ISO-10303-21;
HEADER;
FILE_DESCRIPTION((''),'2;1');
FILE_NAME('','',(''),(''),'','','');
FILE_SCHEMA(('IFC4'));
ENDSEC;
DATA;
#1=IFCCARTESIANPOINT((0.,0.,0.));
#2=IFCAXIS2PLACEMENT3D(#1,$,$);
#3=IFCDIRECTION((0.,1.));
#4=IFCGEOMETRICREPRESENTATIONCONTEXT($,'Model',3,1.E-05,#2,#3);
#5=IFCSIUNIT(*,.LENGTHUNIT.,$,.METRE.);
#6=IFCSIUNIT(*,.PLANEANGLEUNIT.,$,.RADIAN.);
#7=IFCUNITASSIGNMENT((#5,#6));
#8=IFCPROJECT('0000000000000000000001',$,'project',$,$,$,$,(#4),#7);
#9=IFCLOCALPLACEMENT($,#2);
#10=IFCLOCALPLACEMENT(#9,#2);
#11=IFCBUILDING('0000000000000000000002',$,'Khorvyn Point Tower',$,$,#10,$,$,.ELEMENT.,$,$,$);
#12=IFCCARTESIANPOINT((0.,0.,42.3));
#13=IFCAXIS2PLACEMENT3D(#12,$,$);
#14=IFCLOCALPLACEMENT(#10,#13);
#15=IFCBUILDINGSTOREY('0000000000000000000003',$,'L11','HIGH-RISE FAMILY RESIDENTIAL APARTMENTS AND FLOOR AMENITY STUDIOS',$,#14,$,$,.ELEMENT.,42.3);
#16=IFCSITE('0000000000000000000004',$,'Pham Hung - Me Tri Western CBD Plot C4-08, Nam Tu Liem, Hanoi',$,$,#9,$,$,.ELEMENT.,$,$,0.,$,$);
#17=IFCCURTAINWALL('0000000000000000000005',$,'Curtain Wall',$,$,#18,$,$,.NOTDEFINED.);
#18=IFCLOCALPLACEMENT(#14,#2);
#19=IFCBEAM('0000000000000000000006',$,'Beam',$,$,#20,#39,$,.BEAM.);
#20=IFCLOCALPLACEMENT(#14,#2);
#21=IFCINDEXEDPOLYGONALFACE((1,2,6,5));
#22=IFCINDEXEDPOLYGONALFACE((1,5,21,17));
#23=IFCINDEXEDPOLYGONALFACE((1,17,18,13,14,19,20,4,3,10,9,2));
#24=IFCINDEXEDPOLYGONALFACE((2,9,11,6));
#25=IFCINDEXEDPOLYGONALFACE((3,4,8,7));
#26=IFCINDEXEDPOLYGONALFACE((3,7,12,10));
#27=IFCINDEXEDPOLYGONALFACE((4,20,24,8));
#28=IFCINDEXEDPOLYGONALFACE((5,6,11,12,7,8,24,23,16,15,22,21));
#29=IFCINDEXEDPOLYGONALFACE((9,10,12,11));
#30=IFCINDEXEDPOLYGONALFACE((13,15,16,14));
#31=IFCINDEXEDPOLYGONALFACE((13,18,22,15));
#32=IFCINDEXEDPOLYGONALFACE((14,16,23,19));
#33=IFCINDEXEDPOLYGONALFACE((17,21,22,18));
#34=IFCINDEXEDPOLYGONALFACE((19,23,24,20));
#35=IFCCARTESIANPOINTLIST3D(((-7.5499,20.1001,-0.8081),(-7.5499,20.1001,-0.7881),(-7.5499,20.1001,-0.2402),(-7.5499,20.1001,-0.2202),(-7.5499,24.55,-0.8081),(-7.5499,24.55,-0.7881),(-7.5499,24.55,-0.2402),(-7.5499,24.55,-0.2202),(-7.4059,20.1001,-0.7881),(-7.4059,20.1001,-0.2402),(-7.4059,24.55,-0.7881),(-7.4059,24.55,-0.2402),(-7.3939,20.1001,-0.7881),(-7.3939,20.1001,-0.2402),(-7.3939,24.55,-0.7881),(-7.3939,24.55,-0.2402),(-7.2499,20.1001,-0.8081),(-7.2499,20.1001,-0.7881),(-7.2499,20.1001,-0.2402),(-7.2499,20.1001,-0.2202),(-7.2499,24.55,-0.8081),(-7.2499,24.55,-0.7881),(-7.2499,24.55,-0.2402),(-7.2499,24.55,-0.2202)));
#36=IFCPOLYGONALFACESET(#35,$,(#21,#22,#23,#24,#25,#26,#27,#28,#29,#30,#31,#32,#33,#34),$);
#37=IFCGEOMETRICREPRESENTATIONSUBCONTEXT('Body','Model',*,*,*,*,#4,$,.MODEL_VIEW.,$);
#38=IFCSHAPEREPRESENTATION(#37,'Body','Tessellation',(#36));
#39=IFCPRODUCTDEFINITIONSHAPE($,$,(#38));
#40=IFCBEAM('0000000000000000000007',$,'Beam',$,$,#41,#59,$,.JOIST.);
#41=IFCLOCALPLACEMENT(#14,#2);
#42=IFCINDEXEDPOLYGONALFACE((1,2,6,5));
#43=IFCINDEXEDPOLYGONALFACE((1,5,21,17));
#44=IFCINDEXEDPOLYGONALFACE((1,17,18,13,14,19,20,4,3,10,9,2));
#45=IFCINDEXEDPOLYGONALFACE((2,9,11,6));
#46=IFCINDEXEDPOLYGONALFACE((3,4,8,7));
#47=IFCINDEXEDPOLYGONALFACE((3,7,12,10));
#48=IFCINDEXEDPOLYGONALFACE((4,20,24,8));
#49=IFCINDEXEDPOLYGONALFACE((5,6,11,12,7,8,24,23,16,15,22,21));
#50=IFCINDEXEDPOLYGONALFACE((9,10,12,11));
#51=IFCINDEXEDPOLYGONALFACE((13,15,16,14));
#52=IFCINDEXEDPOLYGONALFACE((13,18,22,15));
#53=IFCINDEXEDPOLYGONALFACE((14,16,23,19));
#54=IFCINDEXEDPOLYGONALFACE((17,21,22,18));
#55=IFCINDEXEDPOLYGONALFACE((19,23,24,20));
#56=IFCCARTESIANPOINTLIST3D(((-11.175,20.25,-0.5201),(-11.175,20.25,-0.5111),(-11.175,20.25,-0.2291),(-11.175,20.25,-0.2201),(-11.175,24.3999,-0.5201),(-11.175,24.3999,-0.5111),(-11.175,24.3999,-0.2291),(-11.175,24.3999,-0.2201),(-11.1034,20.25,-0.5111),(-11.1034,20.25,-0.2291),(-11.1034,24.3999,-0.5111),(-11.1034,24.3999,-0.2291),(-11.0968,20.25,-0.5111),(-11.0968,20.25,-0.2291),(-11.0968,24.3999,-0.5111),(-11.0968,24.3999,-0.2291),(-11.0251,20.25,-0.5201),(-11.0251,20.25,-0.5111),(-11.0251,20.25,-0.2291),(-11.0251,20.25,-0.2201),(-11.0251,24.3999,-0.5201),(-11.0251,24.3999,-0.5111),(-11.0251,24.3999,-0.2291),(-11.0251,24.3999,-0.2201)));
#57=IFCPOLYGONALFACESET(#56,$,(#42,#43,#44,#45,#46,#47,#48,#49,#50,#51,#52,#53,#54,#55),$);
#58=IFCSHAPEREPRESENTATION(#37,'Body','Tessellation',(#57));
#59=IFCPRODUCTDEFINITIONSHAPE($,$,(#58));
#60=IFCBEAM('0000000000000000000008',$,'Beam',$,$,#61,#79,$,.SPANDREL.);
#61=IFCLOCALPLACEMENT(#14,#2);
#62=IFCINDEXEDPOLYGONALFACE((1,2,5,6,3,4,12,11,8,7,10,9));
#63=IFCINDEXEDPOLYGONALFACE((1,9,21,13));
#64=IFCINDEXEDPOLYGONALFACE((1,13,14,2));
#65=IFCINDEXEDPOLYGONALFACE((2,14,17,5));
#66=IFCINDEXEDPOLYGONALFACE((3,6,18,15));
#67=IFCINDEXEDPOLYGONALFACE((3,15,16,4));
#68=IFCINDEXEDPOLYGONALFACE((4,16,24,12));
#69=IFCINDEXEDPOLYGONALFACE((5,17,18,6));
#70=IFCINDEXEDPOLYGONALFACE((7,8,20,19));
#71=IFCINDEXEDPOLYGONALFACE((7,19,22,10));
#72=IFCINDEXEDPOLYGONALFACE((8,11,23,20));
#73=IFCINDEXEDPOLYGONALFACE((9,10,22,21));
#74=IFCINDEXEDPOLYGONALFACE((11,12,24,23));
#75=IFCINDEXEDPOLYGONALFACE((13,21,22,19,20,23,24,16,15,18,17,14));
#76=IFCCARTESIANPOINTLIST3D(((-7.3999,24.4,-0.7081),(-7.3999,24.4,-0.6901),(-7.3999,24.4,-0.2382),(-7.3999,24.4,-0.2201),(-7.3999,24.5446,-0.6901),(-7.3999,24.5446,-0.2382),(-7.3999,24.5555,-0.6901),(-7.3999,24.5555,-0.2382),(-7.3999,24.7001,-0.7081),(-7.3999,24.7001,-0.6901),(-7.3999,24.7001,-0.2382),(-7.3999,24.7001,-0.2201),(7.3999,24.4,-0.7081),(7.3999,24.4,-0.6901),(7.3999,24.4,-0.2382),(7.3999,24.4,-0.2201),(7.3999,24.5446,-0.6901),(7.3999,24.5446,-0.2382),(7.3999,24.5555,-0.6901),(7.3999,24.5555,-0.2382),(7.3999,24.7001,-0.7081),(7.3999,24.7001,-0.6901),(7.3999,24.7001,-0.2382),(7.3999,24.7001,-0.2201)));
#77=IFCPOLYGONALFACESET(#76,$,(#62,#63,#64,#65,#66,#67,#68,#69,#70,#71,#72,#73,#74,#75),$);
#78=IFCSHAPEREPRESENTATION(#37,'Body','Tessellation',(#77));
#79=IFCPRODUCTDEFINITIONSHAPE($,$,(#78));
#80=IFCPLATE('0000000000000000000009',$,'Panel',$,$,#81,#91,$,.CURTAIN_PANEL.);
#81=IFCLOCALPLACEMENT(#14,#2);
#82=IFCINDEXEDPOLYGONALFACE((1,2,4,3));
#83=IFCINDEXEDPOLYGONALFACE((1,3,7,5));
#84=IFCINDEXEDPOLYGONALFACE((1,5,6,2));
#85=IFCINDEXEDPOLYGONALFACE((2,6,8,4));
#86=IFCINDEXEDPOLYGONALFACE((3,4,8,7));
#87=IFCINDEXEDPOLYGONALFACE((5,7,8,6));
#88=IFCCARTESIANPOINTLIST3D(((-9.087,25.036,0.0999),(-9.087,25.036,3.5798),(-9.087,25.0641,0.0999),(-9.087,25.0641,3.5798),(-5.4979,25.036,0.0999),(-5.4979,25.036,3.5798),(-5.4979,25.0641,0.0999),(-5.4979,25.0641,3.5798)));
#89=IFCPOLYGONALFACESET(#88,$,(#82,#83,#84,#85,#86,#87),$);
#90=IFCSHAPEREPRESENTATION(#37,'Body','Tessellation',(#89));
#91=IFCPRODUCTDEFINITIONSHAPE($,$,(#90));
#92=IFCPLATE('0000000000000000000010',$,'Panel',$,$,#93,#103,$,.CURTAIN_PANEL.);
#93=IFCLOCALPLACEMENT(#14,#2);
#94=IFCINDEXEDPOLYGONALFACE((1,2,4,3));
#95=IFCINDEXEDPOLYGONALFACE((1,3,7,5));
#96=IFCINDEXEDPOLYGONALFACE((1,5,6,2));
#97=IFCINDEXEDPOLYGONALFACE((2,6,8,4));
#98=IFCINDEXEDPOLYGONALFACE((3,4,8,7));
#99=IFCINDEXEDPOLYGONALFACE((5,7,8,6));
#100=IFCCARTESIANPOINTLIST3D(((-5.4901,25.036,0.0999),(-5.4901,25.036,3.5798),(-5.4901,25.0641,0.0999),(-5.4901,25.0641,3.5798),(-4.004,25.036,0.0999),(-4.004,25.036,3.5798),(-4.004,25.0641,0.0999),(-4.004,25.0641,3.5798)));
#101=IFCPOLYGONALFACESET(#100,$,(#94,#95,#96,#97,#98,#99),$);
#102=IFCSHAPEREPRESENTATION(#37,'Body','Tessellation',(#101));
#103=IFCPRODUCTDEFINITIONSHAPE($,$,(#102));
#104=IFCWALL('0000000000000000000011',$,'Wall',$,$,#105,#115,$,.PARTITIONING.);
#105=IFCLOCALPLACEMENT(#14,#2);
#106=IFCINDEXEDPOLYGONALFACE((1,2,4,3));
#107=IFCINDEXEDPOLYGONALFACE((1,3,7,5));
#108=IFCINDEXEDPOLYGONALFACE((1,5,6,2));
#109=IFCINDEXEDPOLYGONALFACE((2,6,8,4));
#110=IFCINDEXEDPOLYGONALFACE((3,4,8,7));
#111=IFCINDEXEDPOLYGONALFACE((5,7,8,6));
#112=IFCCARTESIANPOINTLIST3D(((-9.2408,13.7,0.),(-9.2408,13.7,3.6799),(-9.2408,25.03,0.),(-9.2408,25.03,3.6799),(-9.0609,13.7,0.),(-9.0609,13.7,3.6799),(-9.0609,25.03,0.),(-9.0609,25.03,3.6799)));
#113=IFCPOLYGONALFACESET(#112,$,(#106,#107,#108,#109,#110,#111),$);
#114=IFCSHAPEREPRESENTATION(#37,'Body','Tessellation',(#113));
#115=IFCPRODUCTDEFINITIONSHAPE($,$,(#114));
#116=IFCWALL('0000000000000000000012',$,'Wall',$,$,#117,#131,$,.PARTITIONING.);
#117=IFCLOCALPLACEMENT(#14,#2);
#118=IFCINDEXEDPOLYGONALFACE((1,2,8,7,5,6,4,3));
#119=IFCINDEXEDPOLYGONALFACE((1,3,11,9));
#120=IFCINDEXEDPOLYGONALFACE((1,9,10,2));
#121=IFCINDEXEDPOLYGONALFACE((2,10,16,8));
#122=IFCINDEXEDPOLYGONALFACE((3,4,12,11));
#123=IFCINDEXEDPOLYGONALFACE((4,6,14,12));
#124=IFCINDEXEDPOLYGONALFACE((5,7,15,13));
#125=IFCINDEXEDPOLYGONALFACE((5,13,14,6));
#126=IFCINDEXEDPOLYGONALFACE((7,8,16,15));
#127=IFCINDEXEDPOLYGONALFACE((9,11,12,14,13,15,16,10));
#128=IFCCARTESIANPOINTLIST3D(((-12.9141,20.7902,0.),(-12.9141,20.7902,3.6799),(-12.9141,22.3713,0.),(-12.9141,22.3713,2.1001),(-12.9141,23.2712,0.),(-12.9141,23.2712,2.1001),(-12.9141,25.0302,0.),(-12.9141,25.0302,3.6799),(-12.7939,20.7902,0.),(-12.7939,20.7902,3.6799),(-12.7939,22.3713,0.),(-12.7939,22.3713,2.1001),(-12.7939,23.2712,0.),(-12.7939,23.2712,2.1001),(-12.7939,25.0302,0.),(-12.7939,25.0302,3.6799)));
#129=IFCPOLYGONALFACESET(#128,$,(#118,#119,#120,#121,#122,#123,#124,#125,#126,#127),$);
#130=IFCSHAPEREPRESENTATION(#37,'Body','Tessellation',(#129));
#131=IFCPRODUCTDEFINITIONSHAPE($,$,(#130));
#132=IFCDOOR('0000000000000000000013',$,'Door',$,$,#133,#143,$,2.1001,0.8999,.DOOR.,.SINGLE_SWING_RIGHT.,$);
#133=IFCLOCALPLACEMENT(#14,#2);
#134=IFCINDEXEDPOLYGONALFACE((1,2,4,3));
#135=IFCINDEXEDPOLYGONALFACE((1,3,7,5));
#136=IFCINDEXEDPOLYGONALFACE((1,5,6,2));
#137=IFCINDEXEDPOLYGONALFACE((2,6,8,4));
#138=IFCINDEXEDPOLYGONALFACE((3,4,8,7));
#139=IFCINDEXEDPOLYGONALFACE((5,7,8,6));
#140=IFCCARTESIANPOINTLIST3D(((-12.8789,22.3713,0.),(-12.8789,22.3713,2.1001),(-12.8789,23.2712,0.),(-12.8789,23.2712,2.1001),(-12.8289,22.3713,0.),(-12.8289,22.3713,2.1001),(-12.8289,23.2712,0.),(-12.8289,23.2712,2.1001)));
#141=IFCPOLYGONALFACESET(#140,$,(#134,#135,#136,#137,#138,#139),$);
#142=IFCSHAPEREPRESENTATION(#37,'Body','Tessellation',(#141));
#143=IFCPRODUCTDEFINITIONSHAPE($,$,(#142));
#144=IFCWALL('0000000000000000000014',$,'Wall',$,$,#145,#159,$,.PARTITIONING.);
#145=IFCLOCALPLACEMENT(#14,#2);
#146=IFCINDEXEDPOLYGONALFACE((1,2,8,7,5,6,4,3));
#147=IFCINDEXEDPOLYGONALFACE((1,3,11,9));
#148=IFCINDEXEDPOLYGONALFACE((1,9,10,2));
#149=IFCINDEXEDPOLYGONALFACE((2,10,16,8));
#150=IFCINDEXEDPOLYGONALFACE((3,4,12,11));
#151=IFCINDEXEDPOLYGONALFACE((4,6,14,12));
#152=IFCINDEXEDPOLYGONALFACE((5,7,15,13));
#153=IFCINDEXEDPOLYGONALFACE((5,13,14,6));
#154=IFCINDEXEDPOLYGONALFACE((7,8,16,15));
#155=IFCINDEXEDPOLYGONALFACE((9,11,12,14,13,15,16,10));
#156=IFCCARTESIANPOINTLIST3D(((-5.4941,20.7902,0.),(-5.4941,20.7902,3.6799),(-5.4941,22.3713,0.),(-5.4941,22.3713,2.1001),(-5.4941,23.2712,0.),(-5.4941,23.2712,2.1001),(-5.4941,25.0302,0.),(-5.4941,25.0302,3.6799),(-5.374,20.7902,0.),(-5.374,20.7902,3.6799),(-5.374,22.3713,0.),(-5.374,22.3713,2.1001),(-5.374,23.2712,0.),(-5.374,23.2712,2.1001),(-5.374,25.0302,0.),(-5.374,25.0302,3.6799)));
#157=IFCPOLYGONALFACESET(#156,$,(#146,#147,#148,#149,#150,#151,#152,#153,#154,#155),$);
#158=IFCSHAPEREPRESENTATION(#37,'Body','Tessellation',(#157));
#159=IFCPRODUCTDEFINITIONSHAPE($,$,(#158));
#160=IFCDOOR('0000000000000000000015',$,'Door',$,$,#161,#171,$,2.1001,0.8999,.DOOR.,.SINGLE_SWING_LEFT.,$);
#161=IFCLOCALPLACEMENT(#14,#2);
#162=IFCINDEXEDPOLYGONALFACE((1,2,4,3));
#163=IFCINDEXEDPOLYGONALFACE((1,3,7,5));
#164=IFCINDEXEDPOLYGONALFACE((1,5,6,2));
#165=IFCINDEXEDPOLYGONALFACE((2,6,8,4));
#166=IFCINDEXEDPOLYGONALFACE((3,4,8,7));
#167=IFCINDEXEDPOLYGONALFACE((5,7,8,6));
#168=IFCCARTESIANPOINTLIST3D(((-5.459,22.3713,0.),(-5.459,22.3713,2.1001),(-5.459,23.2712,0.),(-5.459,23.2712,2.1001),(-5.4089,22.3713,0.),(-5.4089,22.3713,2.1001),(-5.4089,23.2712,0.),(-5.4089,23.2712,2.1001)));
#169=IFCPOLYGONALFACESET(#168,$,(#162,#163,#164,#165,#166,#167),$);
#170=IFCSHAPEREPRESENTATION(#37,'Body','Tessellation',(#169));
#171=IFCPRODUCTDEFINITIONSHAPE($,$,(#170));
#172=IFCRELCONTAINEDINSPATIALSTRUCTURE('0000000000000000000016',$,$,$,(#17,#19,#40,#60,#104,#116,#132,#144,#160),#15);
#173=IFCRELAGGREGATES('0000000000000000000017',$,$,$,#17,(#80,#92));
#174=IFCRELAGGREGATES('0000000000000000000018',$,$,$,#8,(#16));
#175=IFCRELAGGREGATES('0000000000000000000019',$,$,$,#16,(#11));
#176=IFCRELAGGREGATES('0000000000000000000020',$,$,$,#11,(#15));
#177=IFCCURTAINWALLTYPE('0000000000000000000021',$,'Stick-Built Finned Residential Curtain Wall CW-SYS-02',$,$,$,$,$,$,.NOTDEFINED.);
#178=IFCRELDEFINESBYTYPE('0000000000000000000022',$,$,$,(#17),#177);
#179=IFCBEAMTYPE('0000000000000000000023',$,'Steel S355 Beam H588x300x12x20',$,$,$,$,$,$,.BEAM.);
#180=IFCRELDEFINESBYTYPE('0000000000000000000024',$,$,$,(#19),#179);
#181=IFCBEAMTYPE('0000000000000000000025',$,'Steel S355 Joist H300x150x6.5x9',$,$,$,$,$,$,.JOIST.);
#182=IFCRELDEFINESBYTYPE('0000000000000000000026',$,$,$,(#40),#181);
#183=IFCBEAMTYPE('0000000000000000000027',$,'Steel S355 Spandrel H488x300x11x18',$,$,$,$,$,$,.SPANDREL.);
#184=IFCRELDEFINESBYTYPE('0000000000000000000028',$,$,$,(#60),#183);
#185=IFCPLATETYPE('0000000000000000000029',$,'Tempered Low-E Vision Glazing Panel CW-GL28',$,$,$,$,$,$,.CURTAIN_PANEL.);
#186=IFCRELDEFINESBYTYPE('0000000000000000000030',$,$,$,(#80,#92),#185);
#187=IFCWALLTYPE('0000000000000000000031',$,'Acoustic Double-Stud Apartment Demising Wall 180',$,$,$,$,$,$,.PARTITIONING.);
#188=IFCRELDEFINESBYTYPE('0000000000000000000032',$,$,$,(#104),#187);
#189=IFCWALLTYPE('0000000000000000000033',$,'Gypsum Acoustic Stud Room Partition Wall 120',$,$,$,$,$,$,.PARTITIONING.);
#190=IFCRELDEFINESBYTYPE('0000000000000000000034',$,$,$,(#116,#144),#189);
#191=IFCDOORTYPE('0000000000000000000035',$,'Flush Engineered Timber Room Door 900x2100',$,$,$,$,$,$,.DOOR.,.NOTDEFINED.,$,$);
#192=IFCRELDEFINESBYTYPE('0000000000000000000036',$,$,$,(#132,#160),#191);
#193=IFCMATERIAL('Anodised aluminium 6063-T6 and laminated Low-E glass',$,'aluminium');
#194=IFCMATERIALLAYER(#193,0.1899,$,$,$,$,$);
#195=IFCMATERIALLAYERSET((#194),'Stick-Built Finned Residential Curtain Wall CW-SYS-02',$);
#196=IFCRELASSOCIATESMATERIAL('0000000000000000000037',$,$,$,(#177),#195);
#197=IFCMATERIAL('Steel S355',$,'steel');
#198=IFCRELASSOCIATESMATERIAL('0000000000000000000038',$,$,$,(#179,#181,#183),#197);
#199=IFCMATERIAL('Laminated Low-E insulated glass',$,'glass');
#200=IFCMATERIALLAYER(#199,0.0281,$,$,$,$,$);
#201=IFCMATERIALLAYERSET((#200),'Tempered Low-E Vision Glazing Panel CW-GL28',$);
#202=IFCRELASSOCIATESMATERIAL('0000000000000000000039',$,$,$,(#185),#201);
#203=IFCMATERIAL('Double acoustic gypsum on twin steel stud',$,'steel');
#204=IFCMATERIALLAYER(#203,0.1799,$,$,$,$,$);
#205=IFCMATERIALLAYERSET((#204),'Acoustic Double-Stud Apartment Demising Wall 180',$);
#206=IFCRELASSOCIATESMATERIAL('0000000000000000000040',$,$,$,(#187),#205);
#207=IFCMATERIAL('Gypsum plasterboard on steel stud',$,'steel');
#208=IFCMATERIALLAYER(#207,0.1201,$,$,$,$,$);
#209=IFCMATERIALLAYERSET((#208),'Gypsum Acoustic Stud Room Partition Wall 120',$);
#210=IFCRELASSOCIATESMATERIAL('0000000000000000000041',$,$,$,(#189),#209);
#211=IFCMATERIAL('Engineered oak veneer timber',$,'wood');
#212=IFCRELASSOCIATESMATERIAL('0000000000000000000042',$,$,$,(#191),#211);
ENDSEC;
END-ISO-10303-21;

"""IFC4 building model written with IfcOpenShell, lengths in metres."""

from ifc_helpers import new_model, si_unit, direction, frame, frame_2d, origin, origin_2d, place, context, subcontext, project, spatial, rectangle, i_section, extrude, material, layer, layer_set, material_profile, profile_set, type_object, element, fill, aggregate, save


model = new_model("IFC4")

# Units and contexts
model_context = context("Model", 3, precision=1e-05, world=origin(), true_north=direction((0.0, 1.0)))
body_context = subcontext(model_context, "Body", "Model", "MODEL_VIEW")
ifc_project = project(units=[si_unit("LENGTHUNIT", "METRE"), si_unit("PLANEANGLEUNIT", "RADIAN")], contexts=[model_context])

# Site, building, storey
site_placement = place(None, origin())
site = spatial("IfcSite", under=ifc_project, at=site_placement, Name="Pham Hung - Me Tri Western CBD Plot C4-08, Nam Tu Liem, Hanoi", CompositionType="ELEMENT", RefElevation=0.0)
building_placement = place(site_placement, origin())
building = spatial("IfcBuilding", under=site, at=building_placement, Name="Khorvyn Point Tower", CompositionType="ELEMENT")
storey_placement = place(building_placement, frame((0.0, 0.0, 42.3)))
storey = spatial("IfcBuildingStorey", under=building, at=storey_placement, Name="L11", Description="HIGH-RISE FAMILY RESIDENTIAL APARTMENTS AND FLOOR AMENITY STUDIOS", CompositionType="ELEMENT", Elevation=42.3)

# Curtain wall
ifc_material_1 = material(Name="Anodised aluminium 6063-T6 and laminated Low-E glass", Category="aluminium")
ifc_layer_1 = layer(ifc_material_1, 0.1899)
ifc_layer_set_1 = layer_set([ifc_layer_1], Name="Stick-Built Finned Residential Curtain Wall CW-SYS-02")
curtain_wall_type = type_object("IfcCurtainWallType", Name="Stick-Built Finned Residential Curtain Wall CW-SYS-02", PredefinedType="NOTDEFINED", material=ifc_layer_set_1)
curtain_wall_placement = place(storey_placement, origin())
curtain_wall = element("IfcCurtainWall", 1, at=curtain_wall_placement, inside=storey, type_object=curtain_wall_type, Name="Curtain Wall", PredefinedType="NOTDEFINED")

# Beams
ifc_material_2 = material(Name="Steel S355", Category="steel")
ifc_material_profile_1 = material_profile(ifc_material_2, i_section(OverallWidth=0.3, OverallDepth=0.5879, WebThickness=0.012, FlangeThickness=0.02, at=origin_2d()))
ifc_profile_set_1 = profile_set([ifc_material_profile_1], Name="Steel S355 H588x300x12x20")
beam_type_1 = type_object("IfcBeamType", Name="Steel S355 Beam H588x300x12x20", PredefinedType="BEAM", material=ifc_profile_set_1)
beam_1_placement = place(storey_placement, frame((-7.3999, 20.1001, -0.5142), z_axis=(0.0, 1.0, 0.0), x_axis=(-1.0, 0.0, 0.0)))
element("IfcBeam", 2, at=beam_1_placement, inside=storey, type_object=beam_type_1, Name="Beam", PredefinedType="BEAM", context=body_context, shape_type="SweptSolid", body=[
    extrude(i_section(OverallWidth=0.3, OverallDepth=0.5879, WebThickness=0.012, FlangeThickness=0.02, at=origin_2d()), origin(), (0.0, 0.0, 1.0), 4.45),
])
ifc_material_profile_2 = material_profile(ifc_material_2, i_section(OverallWidth=0.1499, OverallDepth=0.3, WebThickness=0.0066, FlangeThickness=0.009, at=origin_2d()))
ifc_profile_set_2 = profile_set([ifc_material_profile_2], Name="Steel S355 H300x150x6.5x9")
beam_type_2 = type_object("IfcBeamType", Name="Steel S355 Joist H300x150x6.5x9", PredefinedType="JOIST", material=ifc_profile_set_2)
beam_2_placement = place(storey_placement, frame((-11.1001, 20.25, -0.3701), z_axis=(0.0, 1.0, 0.0), x_axis=(-1.0, 0.0, 0.0)))
element("IfcBeam", 3, at=beam_2_placement, inside=storey, type_object=beam_type_2, Name="Beam", PredefinedType="JOIST", context=body_context, shape_type="SweptSolid", body=[
    extrude(i_section(OverallWidth=0.1499, OverallDepth=0.3, WebThickness=0.0066, FlangeThickness=0.009, at=origin_2d()), origin(), (0.0, 0.0, 1.0), 4.1499),
])
ifc_material_profile_3 = material_profile(ifc_material_2, i_section(OverallWidth=0.3, OverallDepth=0.488, WebThickness=0.011, FlangeThickness=0.0181, at=origin_2d()))
ifc_profile_set_3 = profile_set([ifc_material_profile_3], Name="Steel S355 H488x300x11x18")
beam_type_3 = type_object("IfcBeamType", Name="Steel S355 Spandrel H488x300x11x18", PredefinedType="SPANDREL", material=ifc_profile_set_3)
beam_3_placement = place(storey_placement, frame((-7.3999, 24.55, -0.4641), z_axis=(1.0, 0.0, 0.0), x_axis=(0.0, 1.0, 0.0)))
element("IfcBeam", 4, at=beam_3_placement, inside=storey, type_object=beam_type_3, Name="Beam", PredefinedType="SPANDREL", context=body_context, shape_type="SweptSolid", body=[
    extrude(i_section(OverallWidth=0.3, OverallDepth=0.488, WebThickness=0.011, FlangeThickness=0.0181, at=origin_2d()), origin(), (0.0, 0.0, 1.0), 14.7998),
])

# Plates
ifc_material_3 = material(Name="Laminated Low-E insulated glass", Category="glass")
ifc_layer_2 = layer(ifc_material_3, 0.0281)
ifc_layer_set_2 = layer_set([ifc_layer_2], Name="Tempered Low-E Vision Glazing Panel CW-GL28")
plate_type = type_object("IfcPlateType", Name="Tempered Low-E Vision Glazing Panel CW-GL28", PredefinedType="CURTAIN_PANEL", material=ifc_layer_set_2)
plate_1_placement = place(storey_placement, frame((-7.2925, 25.05, 0.0999), z_axis=(0.0, 0.0, 1.0), x_axis=(1.0, 0.0, 0.0)))
plate_1 = element("IfcPlate", 5, at=plate_1_placement, type_object=plate_type, Name="Panel", PredefinedType="CURTAIN_PANEL", context=body_context, shape_type="SweptSolid", body=[
    extrude(rectangle(XDim=3.5891, YDim=0.0281, at=origin_2d()), origin(), (0.0, 0.0, 1.0), 3.48),
])
plate_2_placement = place(storey_placement, frame((-4.7471, 25.05, 0.0999), z_axis=(0.0, 0.0, 1.0), x_axis=(1.0, 0.0, 0.0)))
plate_2 = element("IfcPlate", 6, at=plate_2_placement, type_object=plate_type, Name="Panel", PredefinedType="CURTAIN_PANEL", context=body_context, shape_type="SweptSolid", body=[
    extrude(rectangle(XDim=1.4861, YDim=0.0281, at=origin_2d()), origin(), (0.0, 0.0, 1.0), 3.48),
])
aggregate(curtain_wall, [plate_1, plate_2])

# Wall
ifc_material_4 = material(Name="Double acoustic gypsum on twin steel stud", Category="steel")
ifc_layer_3 = layer(ifc_material_4, 0.1799)
ifc_layer_set_3 = layer_set([ifc_layer_3], Name="Acoustic Double-Stud Apartment Demising Wall 180")
wall_type_1 = type_object("IfcWallType", Name="Acoustic Double-Stud Apartment Demising Wall 180", PredefinedType="PARTITIONING", material=ifc_layer_set_3)
wall_1_placement = place(storey_placement, frame((-9.1509, 13.7, 0.0), z_axis=(0.0, 0.0, 1.0), x_axis=(0.0, 1.0, 0.0)))
element("IfcWall", 7, at=wall_1_placement, inside=storey, type_object=wall_type_1, Name="Wall", PredefinedType="PARTITIONING", context=body_context, shape_type="SweptSolid", body=[
    extrude(rectangle(XDim=11.3301, YDim=0.1799, at=frame_2d((5.665, 0.0))), origin(), (0.0, 0.0, 1.0), 3.6799),
])

# Walls, openings, doors
ifc_material_5 = material(Name="Gypsum plasterboard on steel stud", Category="steel")
ifc_layer_4 = layer(ifc_material_5, 0.1201)
ifc_layer_set_4 = layer_set([ifc_layer_4], Name="Gypsum Acoustic Stud Room Partition Wall 120")
wall_type_2 = type_object("IfcWallType", Name="Gypsum Acoustic Stud Room Partition Wall 120", PredefinedType="PARTITIONING", material=ifc_layer_set_4)
wall_2_placement = place(storey_placement, frame((-12.854, 20.79, 0.0), z_axis=(0.0, 0.0, 1.0), x_axis=(0.0, 1.0, 0.0)))
wall_2 = element("IfcWall", 8, at=wall_2_placement, inside=storey, type_object=wall_type_2, Name="Wall", PredefinedType="PARTITIONING", context=body_context, shape_type="SweptSolid", body=[
    extrude(rectangle(XDim=4.24, YDim=0.1201, at=frame_2d((2.1201, 0.0))), origin(), (0.0, 0.0, 1.0), 3.6799),
])
opening_1_placement = place(wall_2_placement, frame((1.5813, 0.0, 0.0)))
opening_1 = element("IfcOpeningElement", 9, at=opening_1_placement, cuts=wall_2, PredefinedType="OPENING", context=body_context, shape_type="SweptSolid", body=[
    extrude(rectangle(XDim=0.8999, YDim=2.1001, at=frame_2d((0.45, 1.05))), frame((0.0, 0.0701, 0.0), z_axis=(0.0, -1.0, 0.0), x_axis=(1.0, 0.0, 0.0)), (0.0, 0.0, 1.0), 0.1401),
])
ifc_material_6 = material(Name="Engineered oak veneer timber", Category="wood")
door_type_1 = type_object("IfcDoorType", Name="Flush Engineered Timber Room Door 900x2100", OperationType="NOTDEFINED", PredefinedType="DOOR", material=ifc_material_6)
door_1_placement = place(opening_1_placement, origin())
door_1 = element("IfcDoor", 10, at=door_1_placement, inside=storey, type_object=door_type_1, Name="Door", OperationType="SINGLE_SWING_RIGHT", OverallHeight=2.1001, OverallWidth=0.8999, PredefinedType="DOOR", context=body_context, shape_type="SweptSolid", body=[
    extrude(rectangle(XDim=0.8999, YDim=2.1001, at=frame_2d((0.45, 1.05))), frame((0.0, 0.0249, 0.0), z_axis=(0.0, -1.0, 0.0), x_axis=(1.0, 0.0, 0.0)), (0.0, 0.0, 1.0), 0.05),
])
fill(opening_1, door_1)
wall_3_placement = place(storey_placement, frame((-5.4341, 20.79, 0.0), z_axis=(0.0, 0.0, 1.0), x_axis=(0.0, 1.0, 0.0)))
wall_3 = element("IfcWall", 11, at=wall_3_placement, inside=storey, type_object=wall_type_2, Name="Wall", PredefinedType="PARTITIONING", context=body_context, shape_type="SweptSolid", body=[
    extrude(rectangle(XDim=4.24, YDim=0.1201, at=frame_2d((2.1201, 0.0))), origin(), (0.0, 0.0, 1.0), 3.6799),
])
opening_2_placement = place(wall_3_placement, frame((1.5813, 0.0, 0.0)))
opening_2 = element("IfcOpeningElement", 12, at=opening_2_placement, cuts=wall_3, PredefinedType="OPENING", context=body_context, shape_type="SweptSolid", body=[
    extrude(rectangle(XDim=0.8999, YDim=2.1001, at=frame_2d((0.45, 1.05))), frame((0.0, 0.0701, 0.0), z_axis=(0.0, -1.0, 0.0), x_axis=(1.0, 0.0, 0.0)), (0.0, 0.0, 1.0), 0.1401),
])
door_2_placement = place(opening_2_placement, origin())
door_2 = element("IfcDoor", 13, at=door_2_placement, inside=storey, type_object=door_type_1, Name="Door", OperationType="SINGLE_SWING_LEFT", OverallHeight=2.1001, OverallWidth=0.8999, PredefinedType="DOOR", context=body_context, shape_type="SweptSolid", body=[
    extrude(rectangle(XDim=0.8999, YDim=2.1001, at=frame_2d((0.45, 1.05))), frame((0.0, 0.0249, 0.0), z_axis=(0.0, -1.0, 0.0), x_axis=(1.0, 0.0, 0.0)), (0.0, 0.0, 1.0), 0.05),
])
fill(opening_2, door_2)

save(model, "model.ifc")
